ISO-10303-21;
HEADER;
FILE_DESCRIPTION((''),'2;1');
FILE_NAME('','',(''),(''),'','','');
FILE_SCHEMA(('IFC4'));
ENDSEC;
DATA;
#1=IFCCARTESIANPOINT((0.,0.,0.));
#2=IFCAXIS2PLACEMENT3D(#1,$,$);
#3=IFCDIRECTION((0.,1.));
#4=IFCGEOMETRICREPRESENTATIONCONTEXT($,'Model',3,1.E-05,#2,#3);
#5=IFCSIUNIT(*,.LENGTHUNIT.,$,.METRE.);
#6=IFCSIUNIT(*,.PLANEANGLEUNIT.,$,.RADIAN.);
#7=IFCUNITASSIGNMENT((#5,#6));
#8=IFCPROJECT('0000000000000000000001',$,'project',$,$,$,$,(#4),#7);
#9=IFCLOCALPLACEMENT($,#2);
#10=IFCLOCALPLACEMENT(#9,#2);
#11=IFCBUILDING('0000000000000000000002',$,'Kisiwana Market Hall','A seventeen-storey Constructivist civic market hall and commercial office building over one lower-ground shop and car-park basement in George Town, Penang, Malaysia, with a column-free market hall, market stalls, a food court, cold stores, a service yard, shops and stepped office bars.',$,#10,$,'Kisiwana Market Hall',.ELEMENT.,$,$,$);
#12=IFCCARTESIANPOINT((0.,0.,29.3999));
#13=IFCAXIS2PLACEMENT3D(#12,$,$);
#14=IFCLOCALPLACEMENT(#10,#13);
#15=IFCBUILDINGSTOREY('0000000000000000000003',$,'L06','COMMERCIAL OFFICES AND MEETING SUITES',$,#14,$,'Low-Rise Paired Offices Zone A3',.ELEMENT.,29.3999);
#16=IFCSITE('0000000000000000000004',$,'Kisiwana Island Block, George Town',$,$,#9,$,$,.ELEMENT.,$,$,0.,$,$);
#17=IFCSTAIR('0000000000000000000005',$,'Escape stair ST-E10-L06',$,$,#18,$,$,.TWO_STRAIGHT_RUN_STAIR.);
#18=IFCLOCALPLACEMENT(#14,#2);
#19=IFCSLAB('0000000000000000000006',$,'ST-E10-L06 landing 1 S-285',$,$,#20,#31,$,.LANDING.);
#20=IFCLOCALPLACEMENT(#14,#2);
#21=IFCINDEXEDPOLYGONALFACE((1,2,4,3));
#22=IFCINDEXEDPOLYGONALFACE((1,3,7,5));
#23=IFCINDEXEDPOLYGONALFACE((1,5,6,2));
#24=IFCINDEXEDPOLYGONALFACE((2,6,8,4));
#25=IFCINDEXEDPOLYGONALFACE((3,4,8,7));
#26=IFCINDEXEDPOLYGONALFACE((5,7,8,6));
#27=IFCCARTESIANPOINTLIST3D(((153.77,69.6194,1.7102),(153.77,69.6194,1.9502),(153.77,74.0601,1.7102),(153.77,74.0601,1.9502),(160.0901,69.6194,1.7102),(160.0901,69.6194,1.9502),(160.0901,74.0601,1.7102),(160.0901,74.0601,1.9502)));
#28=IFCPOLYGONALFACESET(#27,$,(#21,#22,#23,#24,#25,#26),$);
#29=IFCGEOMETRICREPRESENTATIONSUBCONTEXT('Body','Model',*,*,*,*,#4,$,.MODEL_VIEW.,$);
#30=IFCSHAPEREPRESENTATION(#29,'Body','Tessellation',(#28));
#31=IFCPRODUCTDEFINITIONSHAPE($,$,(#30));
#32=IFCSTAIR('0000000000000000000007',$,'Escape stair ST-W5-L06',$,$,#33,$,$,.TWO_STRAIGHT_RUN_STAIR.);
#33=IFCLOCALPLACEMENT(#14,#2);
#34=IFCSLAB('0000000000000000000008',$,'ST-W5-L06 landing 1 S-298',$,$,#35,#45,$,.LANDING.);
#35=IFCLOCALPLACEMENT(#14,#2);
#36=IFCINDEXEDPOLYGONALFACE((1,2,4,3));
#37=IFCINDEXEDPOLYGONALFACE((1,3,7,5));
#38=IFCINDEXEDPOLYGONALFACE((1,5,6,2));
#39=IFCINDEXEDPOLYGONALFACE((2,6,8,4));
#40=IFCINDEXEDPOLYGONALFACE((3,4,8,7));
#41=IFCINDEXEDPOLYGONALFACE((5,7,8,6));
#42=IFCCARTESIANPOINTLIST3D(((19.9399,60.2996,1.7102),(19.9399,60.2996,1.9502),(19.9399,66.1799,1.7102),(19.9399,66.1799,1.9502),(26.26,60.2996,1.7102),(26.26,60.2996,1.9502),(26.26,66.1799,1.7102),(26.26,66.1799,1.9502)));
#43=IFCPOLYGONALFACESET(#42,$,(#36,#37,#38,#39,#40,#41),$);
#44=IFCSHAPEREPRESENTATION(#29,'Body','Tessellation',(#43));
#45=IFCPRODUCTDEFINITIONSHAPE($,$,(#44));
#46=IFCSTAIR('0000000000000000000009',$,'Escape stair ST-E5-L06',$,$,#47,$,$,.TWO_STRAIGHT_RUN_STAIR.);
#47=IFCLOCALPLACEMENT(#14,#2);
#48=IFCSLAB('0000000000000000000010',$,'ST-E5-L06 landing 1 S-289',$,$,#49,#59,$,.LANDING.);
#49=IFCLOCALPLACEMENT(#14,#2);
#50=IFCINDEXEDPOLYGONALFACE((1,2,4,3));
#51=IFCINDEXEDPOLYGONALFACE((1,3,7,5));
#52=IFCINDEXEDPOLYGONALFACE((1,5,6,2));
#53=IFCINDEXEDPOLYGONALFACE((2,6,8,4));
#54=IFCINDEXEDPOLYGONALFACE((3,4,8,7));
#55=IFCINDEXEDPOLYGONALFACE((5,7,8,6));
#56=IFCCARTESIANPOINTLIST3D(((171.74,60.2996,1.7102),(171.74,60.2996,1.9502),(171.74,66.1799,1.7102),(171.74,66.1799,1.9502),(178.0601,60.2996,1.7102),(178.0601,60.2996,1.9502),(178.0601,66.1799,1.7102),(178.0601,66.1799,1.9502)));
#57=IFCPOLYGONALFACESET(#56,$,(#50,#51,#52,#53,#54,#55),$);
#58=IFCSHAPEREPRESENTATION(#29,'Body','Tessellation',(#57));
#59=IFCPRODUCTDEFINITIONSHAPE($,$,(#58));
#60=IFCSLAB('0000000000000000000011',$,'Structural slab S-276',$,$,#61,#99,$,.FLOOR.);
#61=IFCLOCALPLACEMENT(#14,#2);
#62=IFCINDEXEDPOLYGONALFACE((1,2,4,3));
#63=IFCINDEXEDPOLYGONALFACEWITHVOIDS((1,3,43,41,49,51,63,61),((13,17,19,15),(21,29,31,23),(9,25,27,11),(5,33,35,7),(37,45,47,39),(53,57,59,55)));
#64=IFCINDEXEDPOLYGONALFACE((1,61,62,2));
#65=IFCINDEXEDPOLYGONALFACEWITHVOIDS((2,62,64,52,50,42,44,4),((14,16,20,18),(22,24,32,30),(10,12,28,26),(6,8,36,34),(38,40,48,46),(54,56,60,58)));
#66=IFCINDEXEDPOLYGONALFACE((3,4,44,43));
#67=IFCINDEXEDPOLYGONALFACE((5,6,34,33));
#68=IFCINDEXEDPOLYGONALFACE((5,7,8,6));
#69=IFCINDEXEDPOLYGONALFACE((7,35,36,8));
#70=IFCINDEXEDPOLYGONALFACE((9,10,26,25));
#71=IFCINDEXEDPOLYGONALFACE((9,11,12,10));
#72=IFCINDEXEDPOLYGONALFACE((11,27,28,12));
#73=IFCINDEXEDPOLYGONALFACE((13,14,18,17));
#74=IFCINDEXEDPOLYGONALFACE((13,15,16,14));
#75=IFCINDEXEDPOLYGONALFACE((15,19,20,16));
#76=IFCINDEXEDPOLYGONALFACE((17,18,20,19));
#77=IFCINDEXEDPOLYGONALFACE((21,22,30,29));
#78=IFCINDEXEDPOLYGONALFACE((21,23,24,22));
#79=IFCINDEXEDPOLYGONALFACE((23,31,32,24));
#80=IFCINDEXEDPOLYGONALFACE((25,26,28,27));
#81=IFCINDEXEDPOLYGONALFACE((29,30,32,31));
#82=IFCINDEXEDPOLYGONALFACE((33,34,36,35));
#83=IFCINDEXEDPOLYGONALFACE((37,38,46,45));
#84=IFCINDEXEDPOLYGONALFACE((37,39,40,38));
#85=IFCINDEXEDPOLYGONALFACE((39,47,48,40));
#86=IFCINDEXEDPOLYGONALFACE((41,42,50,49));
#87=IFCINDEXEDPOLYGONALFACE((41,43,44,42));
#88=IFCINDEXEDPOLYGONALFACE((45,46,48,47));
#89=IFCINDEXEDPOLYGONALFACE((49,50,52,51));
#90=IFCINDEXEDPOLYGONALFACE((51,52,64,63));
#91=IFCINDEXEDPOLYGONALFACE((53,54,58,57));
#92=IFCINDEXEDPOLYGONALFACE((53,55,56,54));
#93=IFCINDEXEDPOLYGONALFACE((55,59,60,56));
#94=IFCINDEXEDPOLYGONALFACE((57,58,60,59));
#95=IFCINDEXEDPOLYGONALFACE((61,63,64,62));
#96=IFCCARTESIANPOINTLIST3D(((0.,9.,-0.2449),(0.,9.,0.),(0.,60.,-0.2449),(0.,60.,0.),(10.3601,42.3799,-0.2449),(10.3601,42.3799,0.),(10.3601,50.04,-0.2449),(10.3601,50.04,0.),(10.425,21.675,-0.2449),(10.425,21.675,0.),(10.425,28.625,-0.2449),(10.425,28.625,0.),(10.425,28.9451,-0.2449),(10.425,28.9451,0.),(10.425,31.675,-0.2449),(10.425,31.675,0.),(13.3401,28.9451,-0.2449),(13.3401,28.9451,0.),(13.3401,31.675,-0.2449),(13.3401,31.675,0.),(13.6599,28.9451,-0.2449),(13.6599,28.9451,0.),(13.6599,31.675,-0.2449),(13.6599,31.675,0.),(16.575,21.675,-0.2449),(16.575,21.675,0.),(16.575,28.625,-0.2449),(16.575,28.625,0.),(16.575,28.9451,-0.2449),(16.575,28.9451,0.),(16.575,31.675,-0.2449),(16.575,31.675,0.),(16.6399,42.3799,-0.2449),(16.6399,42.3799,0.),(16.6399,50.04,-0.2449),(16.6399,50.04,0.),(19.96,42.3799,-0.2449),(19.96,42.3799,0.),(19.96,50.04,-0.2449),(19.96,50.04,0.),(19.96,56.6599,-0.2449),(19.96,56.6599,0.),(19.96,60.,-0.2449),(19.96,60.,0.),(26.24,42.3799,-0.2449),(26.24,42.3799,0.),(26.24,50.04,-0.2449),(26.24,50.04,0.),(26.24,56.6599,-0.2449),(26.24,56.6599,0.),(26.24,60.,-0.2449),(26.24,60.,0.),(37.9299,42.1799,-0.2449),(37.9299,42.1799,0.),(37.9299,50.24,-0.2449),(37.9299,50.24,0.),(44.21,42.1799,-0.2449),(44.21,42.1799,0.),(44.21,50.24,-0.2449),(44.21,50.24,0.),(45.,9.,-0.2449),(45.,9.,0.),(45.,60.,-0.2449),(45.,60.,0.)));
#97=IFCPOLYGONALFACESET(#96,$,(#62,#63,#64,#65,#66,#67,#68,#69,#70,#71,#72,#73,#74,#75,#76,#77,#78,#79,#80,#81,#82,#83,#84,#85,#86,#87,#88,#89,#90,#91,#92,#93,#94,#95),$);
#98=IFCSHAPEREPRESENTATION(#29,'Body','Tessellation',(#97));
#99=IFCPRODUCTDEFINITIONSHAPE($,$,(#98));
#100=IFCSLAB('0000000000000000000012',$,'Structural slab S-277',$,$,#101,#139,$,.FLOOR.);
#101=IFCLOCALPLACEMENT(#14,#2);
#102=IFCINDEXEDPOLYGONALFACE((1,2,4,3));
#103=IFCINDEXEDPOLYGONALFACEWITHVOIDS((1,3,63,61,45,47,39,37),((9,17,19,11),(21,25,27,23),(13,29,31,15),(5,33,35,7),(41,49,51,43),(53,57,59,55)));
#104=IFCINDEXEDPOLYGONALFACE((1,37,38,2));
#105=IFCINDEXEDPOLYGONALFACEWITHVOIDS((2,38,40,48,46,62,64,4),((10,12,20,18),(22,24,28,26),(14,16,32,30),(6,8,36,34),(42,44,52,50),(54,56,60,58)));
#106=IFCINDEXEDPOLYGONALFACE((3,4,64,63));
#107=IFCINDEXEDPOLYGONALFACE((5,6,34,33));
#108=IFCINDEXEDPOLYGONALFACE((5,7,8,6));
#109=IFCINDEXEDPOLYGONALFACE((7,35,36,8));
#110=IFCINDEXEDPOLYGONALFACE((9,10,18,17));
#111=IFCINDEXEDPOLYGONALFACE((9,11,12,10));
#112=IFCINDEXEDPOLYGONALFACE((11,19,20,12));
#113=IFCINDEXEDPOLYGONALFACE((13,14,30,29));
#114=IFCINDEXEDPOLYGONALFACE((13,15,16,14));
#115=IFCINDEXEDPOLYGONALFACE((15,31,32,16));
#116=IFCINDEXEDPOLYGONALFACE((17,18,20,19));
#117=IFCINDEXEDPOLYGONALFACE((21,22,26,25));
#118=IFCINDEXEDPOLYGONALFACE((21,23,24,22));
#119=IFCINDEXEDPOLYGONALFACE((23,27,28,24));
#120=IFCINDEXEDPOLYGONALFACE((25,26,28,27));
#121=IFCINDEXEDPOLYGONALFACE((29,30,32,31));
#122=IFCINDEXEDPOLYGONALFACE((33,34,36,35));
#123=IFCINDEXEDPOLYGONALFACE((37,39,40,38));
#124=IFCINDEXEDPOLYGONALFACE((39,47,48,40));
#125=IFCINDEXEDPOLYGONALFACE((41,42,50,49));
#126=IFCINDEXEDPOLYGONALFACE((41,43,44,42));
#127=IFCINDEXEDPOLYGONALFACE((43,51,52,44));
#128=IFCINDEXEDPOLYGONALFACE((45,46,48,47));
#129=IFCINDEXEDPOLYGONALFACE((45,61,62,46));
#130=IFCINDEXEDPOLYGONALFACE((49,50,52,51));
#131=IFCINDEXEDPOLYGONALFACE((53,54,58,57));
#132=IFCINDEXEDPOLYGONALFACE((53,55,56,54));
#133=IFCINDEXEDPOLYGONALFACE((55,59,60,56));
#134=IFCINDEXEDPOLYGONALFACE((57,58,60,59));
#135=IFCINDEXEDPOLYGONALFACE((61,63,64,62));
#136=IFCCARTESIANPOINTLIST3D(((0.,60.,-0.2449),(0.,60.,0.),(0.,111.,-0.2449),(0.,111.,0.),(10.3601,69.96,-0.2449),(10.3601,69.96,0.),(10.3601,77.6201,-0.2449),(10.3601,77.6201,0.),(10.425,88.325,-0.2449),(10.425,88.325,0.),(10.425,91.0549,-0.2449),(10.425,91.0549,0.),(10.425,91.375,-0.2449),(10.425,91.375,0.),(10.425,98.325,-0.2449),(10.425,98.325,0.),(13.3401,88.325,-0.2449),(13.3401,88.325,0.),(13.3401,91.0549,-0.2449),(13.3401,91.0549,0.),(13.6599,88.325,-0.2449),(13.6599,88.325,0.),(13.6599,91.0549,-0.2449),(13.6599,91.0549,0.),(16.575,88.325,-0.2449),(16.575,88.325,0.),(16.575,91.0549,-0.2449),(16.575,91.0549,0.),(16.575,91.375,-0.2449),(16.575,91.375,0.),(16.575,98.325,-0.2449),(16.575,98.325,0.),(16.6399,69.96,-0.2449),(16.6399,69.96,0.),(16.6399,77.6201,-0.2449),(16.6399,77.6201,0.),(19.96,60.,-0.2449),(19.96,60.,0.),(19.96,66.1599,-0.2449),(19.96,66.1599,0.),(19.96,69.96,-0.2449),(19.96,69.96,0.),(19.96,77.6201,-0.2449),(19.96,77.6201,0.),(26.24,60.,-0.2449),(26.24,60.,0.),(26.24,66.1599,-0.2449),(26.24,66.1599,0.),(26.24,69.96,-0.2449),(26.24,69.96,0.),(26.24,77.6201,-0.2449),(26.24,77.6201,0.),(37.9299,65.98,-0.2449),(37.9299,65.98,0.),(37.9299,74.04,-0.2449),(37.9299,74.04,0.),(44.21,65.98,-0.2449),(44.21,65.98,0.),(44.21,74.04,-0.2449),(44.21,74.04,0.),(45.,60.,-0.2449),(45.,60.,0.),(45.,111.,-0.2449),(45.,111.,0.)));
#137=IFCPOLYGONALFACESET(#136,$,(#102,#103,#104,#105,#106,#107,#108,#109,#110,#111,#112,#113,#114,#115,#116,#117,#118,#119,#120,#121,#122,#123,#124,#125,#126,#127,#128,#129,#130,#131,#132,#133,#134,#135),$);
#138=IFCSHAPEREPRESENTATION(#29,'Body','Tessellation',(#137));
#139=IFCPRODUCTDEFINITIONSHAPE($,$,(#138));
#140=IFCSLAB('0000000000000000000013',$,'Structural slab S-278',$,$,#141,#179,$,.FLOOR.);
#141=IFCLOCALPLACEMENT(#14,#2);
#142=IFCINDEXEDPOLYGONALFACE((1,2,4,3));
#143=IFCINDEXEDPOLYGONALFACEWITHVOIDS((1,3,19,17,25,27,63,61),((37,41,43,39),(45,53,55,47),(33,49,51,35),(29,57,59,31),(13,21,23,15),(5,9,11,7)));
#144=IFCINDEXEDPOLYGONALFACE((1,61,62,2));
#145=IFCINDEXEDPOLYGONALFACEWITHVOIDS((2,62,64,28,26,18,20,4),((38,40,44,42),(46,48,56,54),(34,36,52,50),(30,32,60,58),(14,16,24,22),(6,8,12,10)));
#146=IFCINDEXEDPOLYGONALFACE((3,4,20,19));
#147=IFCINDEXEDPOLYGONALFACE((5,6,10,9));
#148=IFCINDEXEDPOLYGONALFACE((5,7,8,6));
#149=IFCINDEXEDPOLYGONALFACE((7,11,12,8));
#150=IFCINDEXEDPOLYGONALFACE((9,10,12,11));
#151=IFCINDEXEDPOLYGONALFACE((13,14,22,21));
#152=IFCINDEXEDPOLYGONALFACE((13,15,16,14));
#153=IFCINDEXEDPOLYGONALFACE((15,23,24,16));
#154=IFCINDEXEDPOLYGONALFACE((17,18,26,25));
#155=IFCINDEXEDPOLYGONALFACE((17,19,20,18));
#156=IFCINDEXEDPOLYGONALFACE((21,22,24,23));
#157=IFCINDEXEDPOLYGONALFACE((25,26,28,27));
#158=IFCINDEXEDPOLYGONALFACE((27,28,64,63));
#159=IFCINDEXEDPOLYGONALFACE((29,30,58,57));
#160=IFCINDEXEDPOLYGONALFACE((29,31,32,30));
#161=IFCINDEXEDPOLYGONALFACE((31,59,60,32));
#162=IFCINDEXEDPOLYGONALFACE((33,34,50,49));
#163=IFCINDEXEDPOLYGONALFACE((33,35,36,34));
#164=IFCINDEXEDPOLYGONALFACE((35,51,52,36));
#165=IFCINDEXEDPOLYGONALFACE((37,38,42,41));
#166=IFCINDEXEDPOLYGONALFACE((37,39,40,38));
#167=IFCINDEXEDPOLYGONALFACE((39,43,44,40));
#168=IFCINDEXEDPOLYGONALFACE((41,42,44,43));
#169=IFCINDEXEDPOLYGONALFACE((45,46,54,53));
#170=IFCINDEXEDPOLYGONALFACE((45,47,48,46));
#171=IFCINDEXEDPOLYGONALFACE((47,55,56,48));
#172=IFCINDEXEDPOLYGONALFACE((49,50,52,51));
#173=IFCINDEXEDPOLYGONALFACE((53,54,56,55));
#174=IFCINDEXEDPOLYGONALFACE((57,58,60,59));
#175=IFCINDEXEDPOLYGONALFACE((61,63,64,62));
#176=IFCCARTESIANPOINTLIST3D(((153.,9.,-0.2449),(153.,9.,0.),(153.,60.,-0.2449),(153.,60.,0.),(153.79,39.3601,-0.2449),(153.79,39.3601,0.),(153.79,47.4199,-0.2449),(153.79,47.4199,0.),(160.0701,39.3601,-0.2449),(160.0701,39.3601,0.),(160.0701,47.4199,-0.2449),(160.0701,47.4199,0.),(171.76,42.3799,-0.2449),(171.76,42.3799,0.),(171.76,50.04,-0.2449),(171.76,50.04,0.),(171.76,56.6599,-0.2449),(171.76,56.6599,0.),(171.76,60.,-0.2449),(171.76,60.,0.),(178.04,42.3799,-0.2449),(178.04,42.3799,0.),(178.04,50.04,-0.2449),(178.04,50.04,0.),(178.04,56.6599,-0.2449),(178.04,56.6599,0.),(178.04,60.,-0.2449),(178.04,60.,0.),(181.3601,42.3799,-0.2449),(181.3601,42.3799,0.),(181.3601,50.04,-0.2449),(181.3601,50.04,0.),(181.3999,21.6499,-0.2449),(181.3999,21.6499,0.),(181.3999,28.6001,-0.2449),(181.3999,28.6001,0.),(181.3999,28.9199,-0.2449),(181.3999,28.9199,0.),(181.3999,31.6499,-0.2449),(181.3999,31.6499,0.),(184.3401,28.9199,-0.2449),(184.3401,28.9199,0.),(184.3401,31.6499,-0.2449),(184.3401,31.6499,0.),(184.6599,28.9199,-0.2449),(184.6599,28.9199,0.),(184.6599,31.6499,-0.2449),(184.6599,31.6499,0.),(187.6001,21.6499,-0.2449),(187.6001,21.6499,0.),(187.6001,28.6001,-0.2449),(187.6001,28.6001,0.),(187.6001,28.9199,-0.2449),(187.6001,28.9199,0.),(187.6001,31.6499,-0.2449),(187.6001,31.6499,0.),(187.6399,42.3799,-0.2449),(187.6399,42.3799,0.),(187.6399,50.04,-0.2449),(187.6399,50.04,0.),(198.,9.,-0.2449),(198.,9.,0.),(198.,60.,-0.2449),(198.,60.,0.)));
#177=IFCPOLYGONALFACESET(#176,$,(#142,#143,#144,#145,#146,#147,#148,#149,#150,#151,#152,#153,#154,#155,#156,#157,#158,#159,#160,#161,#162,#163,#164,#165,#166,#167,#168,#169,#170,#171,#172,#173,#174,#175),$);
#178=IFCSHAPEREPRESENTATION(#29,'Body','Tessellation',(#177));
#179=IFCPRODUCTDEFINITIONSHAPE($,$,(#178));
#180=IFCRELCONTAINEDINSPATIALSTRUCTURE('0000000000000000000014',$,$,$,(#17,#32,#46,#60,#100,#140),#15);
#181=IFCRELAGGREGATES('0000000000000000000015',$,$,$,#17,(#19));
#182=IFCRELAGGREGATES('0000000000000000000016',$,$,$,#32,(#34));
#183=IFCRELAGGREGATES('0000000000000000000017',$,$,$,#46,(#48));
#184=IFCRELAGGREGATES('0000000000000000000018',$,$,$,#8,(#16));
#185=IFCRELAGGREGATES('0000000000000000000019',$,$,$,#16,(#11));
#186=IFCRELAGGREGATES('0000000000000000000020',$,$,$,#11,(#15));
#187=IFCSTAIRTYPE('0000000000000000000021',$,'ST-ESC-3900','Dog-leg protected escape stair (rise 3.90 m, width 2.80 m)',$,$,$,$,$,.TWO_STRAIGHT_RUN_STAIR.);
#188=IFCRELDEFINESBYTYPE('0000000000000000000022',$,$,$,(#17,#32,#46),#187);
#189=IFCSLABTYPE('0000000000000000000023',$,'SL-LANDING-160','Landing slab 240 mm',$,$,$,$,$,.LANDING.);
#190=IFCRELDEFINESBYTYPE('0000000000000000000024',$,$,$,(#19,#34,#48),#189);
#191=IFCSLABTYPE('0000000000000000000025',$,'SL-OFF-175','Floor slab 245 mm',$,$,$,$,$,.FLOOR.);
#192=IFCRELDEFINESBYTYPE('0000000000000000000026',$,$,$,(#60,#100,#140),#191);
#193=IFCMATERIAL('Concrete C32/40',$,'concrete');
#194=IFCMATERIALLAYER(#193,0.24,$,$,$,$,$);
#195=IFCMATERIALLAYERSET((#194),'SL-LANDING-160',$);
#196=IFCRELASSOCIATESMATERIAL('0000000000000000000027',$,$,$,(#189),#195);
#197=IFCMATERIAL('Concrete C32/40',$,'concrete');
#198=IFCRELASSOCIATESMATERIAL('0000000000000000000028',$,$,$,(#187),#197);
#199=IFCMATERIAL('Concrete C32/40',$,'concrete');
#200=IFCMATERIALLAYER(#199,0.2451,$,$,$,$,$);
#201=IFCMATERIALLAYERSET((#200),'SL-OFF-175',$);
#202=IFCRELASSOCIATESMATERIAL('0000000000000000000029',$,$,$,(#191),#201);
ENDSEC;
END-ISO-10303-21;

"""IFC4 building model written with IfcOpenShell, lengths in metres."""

from ifc_helpers import new_model, si_unit, direction, frame, origin, place, context, subcontext, project, spatial, polyline, outline, extrude, material, layer, layer_set, type_object, element, aggregate, save


model = new_model("IFC4")

# Units and contexts
model_context = context("Model", 3, precision=1e-05, world=origin(), true_north=direction((0.0, 1.0)))
body_context = subcontext(model_context, "Body", "Model", "MODEL_VIEW")
ifc_project = project(units=[si_unit("LENGTHUNIT", "METRE"), si_unit("PLANEANGLEUNIT", "RADIAN")], contexts=[model_context])

# Site, building, storey
site_placement = place(None, origin())
site = spatial("IfcSite", under=ifc_project, at=site_placement, Name="Kisiwana Island Block, George Town", CompositionType="ELEMENT", RefElevation=0.0)
building_placement = place(site_placement, origin())
building = spatial("IfcBuilding", under=site, at=building_placement, Name="Kisiwana Market Hall", Description="A seventeen-storey Constructivist civic market hall and commercial office building over one lower-ground shop and car-park basement in George Town, Penang, Malaysia, with a column-free market hall, market stalls, a food court, cold stores, a service yard, shops and stepped office bars.", LongName="Kisiwana Market Hall", CompositionType="ELEMENT")
storey_placement = place(building_placement, frame((0.0, 0.0, 29.3999)))
storey = spatial("IfcBuildingStorey", under=building, at=storey_placement, Name="L06", Description="COMMERCIAL OFFICES AND MEETING SUITES", LongName="Low-Rise Paired Offices Zone A3", CompositionType="ELEMENT", Elevation=29.3999)

# Stairs, slabs
ifc_material_1 = material(Name="Concrete C32/40", Category="concrete")
ifc_layer_1 = layer(ifc_material_1, 0.24)
ifc_layer_set_1 = layer_set([ifc_layer_1], Name="SL-LANDING-160")
slab_type_1 = type_object("IfcSlabType", Name="SL-LANDING-160", Description="Landing slab 240 mm", PredefinedType="LANDING", material=ifc_layer_set_1)
ifc_material_2 = material(Name="Concrete C32/40", Category="concrete")
stair_type_1 = type_object("IfcStairType", Name="ST-ESC-3900", Description="Dog-leg protected escape stair (rise 3.90 m, width 2.80 m)", PredefinedType="TWO_STRAIGHT_RUN_STAIR", material=ifc_material_2)
stair_1_placement = place(storey_placement, origin())
stair_1 = element("IfcStair", 1, at=stair_1_placement, inside=storey, type_object=stair_type_1, Name="Escape stair ST-E10-L06", PredefinedType="TWO_STRAIGHT_RUN_STAIR")
slab_1_placement = place(storey_placement, frame((0.0, 0.0, 1.7102)))
slab_1 = element("IfcSlab", 2, at=slab_1_placement, type_object=slab_type_1, Name="ST-E10-L06 landing 1 S-285", PredefinedType="LANDING", context=body_context, shape_type="SweptSolid", body=[
    extrude(outline(polyline([(153.77, 69.6194), (160.0901, 69.6194), (160.0901, 74.0601), (153.77, 74.0601), (153.77, 69.6194)])), origin(), (0.0, 0.0, 1.0), 0.24),
])
aggregate(stair_1, [slab_1])
stair_2_placement = place(storey_placement, origin())
stair_2 = element("IfcStair", 3, at=stair_2_placement, inside=storey, type_object=stair_type_1, Name="Escape stair ST-W5-L06", PredefinedType="TWO_STRAIGHT_RUN_STAIR")
slab_2_placement = place(storey_placement, frame((0.0, 0.0, 1.7102)))
slab_2 = element("IfcSlab", 4, at=slab_2_placement, type_object=slab_type_1, Name="ST-W5-L06 landing 1 S-298", PredefinedType="LANDING", context=body_context, shape_type="SweptSolid", body=[
    extrude(outline(polyline([(19.9399, 60.2996), (26.26, 60.2996), (26.26, 66.1799), (19.9399, 66.1799), (19.9399, 60.2996)])), origin(), (0.0, 0.0, 1.0), 0.24),
])
aggregate(stair_2, [slab_2])
stair_3_placement = place(storey_placement, origin())
stair_3 = element("IfcStair", 5, at=stair_3_placement, inside=storey, type_object=stair_type_1, Name="Escape stair ST-E5-L06", PredefinedType="TWO_STRAIGHT_RUN_STAIR")
slab_3_placement = place(storey_placement, frame((0.0, 0.0, 1.7102)))
slab_3 = element("IfcSlab", 6, at=slab_3_placement, type_object=slab_type_1, Name="ST-E5-L06 landing 1 S-289", PredefinedType="LANDING", context=body_context, shape_type="SweptSolid", body=[
    extrude(outline(polyline([(171.74, 60.2996), (178.0601, 60.2996), (178.0601, 66.1799), (171.74, 66.1799), (171.74, 60.2996)])), origin(), (0.0, 0.0, 1.0), 0.24),
])
aggregate(stair_3, [slab_3])

# Slabs
ifc_material_3 = material(Name="Concrete C32/40", Category="concrete")
ifc_layer_2 = layer(ifc_material_3, 0.2451)
ifc_layer_set_2 = layer_set([ifc_layer_2], Name="SL-OFF-175")
slab_type_2 = type_object("IfcSlabType", Name="SL-OFF-175", Description="Floor slab 245 mm", PredefinedType="FLOOR", material=ifc_layer_set_2)
slab_4_placement = place(storey_placement, frame((0.0, 0.0, -0.2449)))
element("IfcSlab", 7, at=slab_4_placement, inside=storey, type_object=slab_type_2, Name="Structural slab S-276", PredefinedType="FLOOR", context=body_context, shape_type="SweptSolid", body=[
    extrude(outline(polyline([(0.0, 9.0), (45.0, 9.0), (45.0, 60.0), (26.24, 60.0), (26.24, 56.6599), (19.96, 56.6599), (19.96, 60.0), (0.0, 60.0), (0.0, 9.0)]), holes=[polyline([(10.425, 21.675), (16.575, 21.675), (16.575, 28.625), (10.425, 28.625), (10.425, 21.675)]), polyline([(10.425, 28.9451), (13.3401, 28.9451), (13.3401, 31.675), (10.425, 31.675), (10.425, 28.9451)]), polyline([(13.6599, 28.9451), (16.575, 28.9451), (16.575, 31.675), (13.6599, 31.675), (13.6599, 28.9451)]), polyline([(10.3601, 42.3799), (16.6399, 42.3799), (16.6399, 50.04), (10.3601, 50.04), (10.3601, 42.3799)]), polyline([(19.96, 42.3799), (26.24, 42.3799), (26.24, 50.04), (19.96, 50.04), (19.96, 42.3799)]), polyline([(37.9299, 42.1799), (44.21, 42.1799), (44.21, 50.24), (37.9299, 50.24), (37.9299, 42.1799)])]), origin(), (0.0, 0.0, 1.0), 0.2449),
])
slab_5_placement = place(storey_placement, frame((0.0, 0.0, -0.2449)))
element("IfcSlab", 8, at=slab_5_placement, inside=storey, type_object=slab_type_2, Name="Structural slab S-277", PredefinedType="FLOOR", context=body_context, shape_type="SweptSolid", body=[
    extrude(outline(polyline([(0.0, 60.0), (19.96, 60.0), (19.96, 66.1599), (26.24, 66.1599), (26.24, 60.0), (45.0, 60.0), (45.0, 111.0), (0.0, 111.0), (0.0, 60.0)]), holes=[polyline([(10.425, 91.375), (16.575, 91.375), (16.575, 98.325), (10.425, 98.325), (10.425, 91.375)]), polyline([(10.425, 88.325), (13.3401, 88.325), (13.3401, 91.0549), (10.425, 91.0549), (10.425, 88.325)]), polyline([(13.6599, 88.325), (16.575, 88.325), (16.575, 91.0549), (13.6599, 91.0549), (13.6599, 88.325)]), polyline([(10.3601, 69.96), (16.6399, 69.96), (16.6399, 77.6201), (10.3601, 77.6201), (10.3601, 69.96)]), polyline([(19.96, 69.96), (26.24, 69.96), (26.24, 77.6201), (19.96, 77.6201), (19.96, 69.96)]), polyline([(37.9299, 65.98), (44.21, 65.98), (44.21, 74.04), (37.9299, 74.04), (37.9299, 65.98)])]), origin(), (0.0, 0.0, 1.0), 0.2449),
])
slab_6_placement = place(storey_placement, frame((0.0, 0.0, -0.2449)))
element("IfcSlab", 9, at=slab_6_placement, inside=storey, type_object=slab_type_2, Name="Structural slab S-278", PredefinedType="FLOOR", context=body_context, shape_type="SweptSolid", body=[
    extrude(outline(polyline([(153.0, 9.0), (198.0, 9.0), (198.0, 60.0), (178.04, 60.0), (178.04, 56.6599), (171.76, 56.6599), (171.76, 60.0), (153.0, 60.0), (153.0, 9.0)]), holes=[polyline([(181.3999, 21.6499), (187.6001, 21.6499), (187.6001, 28.6001), (181.3999, 28.6001), (181.3999, 21.6499)]), polyline([(181.3999, 28.9199), (184.3401, 28.9199), (184.3401, 31.6499), (181.3999, 31.6499), (181.3999, 28.9199)]), polyline([(184.6599, 28.9199), (187.6001, 28.9199), (187.6001, 31.6499), (184.6599, 31.6499), (184.6599, 28.9199)]), polyline([(181.3601, 42.3799), (187.6399, 42.3799), (187.6399, 50.04), (181.3601, 50.04), (181.3601, 42.3799)]), polyline([(171.76, 42.3799), (178.04, 42.3799), (178.04, 50.04), (171.76, 50.04), (171.76, 42.3799)]), polyline([(153.79, 39.3601), (160.0701, 39.3601), (160.0701, 47.4199), (153.79, 47.4199), (153.79, 39.3601)])]), origin(), (0.0, 0.0, 1.0), 0.2449),
])

save(model, "model.ifc")
